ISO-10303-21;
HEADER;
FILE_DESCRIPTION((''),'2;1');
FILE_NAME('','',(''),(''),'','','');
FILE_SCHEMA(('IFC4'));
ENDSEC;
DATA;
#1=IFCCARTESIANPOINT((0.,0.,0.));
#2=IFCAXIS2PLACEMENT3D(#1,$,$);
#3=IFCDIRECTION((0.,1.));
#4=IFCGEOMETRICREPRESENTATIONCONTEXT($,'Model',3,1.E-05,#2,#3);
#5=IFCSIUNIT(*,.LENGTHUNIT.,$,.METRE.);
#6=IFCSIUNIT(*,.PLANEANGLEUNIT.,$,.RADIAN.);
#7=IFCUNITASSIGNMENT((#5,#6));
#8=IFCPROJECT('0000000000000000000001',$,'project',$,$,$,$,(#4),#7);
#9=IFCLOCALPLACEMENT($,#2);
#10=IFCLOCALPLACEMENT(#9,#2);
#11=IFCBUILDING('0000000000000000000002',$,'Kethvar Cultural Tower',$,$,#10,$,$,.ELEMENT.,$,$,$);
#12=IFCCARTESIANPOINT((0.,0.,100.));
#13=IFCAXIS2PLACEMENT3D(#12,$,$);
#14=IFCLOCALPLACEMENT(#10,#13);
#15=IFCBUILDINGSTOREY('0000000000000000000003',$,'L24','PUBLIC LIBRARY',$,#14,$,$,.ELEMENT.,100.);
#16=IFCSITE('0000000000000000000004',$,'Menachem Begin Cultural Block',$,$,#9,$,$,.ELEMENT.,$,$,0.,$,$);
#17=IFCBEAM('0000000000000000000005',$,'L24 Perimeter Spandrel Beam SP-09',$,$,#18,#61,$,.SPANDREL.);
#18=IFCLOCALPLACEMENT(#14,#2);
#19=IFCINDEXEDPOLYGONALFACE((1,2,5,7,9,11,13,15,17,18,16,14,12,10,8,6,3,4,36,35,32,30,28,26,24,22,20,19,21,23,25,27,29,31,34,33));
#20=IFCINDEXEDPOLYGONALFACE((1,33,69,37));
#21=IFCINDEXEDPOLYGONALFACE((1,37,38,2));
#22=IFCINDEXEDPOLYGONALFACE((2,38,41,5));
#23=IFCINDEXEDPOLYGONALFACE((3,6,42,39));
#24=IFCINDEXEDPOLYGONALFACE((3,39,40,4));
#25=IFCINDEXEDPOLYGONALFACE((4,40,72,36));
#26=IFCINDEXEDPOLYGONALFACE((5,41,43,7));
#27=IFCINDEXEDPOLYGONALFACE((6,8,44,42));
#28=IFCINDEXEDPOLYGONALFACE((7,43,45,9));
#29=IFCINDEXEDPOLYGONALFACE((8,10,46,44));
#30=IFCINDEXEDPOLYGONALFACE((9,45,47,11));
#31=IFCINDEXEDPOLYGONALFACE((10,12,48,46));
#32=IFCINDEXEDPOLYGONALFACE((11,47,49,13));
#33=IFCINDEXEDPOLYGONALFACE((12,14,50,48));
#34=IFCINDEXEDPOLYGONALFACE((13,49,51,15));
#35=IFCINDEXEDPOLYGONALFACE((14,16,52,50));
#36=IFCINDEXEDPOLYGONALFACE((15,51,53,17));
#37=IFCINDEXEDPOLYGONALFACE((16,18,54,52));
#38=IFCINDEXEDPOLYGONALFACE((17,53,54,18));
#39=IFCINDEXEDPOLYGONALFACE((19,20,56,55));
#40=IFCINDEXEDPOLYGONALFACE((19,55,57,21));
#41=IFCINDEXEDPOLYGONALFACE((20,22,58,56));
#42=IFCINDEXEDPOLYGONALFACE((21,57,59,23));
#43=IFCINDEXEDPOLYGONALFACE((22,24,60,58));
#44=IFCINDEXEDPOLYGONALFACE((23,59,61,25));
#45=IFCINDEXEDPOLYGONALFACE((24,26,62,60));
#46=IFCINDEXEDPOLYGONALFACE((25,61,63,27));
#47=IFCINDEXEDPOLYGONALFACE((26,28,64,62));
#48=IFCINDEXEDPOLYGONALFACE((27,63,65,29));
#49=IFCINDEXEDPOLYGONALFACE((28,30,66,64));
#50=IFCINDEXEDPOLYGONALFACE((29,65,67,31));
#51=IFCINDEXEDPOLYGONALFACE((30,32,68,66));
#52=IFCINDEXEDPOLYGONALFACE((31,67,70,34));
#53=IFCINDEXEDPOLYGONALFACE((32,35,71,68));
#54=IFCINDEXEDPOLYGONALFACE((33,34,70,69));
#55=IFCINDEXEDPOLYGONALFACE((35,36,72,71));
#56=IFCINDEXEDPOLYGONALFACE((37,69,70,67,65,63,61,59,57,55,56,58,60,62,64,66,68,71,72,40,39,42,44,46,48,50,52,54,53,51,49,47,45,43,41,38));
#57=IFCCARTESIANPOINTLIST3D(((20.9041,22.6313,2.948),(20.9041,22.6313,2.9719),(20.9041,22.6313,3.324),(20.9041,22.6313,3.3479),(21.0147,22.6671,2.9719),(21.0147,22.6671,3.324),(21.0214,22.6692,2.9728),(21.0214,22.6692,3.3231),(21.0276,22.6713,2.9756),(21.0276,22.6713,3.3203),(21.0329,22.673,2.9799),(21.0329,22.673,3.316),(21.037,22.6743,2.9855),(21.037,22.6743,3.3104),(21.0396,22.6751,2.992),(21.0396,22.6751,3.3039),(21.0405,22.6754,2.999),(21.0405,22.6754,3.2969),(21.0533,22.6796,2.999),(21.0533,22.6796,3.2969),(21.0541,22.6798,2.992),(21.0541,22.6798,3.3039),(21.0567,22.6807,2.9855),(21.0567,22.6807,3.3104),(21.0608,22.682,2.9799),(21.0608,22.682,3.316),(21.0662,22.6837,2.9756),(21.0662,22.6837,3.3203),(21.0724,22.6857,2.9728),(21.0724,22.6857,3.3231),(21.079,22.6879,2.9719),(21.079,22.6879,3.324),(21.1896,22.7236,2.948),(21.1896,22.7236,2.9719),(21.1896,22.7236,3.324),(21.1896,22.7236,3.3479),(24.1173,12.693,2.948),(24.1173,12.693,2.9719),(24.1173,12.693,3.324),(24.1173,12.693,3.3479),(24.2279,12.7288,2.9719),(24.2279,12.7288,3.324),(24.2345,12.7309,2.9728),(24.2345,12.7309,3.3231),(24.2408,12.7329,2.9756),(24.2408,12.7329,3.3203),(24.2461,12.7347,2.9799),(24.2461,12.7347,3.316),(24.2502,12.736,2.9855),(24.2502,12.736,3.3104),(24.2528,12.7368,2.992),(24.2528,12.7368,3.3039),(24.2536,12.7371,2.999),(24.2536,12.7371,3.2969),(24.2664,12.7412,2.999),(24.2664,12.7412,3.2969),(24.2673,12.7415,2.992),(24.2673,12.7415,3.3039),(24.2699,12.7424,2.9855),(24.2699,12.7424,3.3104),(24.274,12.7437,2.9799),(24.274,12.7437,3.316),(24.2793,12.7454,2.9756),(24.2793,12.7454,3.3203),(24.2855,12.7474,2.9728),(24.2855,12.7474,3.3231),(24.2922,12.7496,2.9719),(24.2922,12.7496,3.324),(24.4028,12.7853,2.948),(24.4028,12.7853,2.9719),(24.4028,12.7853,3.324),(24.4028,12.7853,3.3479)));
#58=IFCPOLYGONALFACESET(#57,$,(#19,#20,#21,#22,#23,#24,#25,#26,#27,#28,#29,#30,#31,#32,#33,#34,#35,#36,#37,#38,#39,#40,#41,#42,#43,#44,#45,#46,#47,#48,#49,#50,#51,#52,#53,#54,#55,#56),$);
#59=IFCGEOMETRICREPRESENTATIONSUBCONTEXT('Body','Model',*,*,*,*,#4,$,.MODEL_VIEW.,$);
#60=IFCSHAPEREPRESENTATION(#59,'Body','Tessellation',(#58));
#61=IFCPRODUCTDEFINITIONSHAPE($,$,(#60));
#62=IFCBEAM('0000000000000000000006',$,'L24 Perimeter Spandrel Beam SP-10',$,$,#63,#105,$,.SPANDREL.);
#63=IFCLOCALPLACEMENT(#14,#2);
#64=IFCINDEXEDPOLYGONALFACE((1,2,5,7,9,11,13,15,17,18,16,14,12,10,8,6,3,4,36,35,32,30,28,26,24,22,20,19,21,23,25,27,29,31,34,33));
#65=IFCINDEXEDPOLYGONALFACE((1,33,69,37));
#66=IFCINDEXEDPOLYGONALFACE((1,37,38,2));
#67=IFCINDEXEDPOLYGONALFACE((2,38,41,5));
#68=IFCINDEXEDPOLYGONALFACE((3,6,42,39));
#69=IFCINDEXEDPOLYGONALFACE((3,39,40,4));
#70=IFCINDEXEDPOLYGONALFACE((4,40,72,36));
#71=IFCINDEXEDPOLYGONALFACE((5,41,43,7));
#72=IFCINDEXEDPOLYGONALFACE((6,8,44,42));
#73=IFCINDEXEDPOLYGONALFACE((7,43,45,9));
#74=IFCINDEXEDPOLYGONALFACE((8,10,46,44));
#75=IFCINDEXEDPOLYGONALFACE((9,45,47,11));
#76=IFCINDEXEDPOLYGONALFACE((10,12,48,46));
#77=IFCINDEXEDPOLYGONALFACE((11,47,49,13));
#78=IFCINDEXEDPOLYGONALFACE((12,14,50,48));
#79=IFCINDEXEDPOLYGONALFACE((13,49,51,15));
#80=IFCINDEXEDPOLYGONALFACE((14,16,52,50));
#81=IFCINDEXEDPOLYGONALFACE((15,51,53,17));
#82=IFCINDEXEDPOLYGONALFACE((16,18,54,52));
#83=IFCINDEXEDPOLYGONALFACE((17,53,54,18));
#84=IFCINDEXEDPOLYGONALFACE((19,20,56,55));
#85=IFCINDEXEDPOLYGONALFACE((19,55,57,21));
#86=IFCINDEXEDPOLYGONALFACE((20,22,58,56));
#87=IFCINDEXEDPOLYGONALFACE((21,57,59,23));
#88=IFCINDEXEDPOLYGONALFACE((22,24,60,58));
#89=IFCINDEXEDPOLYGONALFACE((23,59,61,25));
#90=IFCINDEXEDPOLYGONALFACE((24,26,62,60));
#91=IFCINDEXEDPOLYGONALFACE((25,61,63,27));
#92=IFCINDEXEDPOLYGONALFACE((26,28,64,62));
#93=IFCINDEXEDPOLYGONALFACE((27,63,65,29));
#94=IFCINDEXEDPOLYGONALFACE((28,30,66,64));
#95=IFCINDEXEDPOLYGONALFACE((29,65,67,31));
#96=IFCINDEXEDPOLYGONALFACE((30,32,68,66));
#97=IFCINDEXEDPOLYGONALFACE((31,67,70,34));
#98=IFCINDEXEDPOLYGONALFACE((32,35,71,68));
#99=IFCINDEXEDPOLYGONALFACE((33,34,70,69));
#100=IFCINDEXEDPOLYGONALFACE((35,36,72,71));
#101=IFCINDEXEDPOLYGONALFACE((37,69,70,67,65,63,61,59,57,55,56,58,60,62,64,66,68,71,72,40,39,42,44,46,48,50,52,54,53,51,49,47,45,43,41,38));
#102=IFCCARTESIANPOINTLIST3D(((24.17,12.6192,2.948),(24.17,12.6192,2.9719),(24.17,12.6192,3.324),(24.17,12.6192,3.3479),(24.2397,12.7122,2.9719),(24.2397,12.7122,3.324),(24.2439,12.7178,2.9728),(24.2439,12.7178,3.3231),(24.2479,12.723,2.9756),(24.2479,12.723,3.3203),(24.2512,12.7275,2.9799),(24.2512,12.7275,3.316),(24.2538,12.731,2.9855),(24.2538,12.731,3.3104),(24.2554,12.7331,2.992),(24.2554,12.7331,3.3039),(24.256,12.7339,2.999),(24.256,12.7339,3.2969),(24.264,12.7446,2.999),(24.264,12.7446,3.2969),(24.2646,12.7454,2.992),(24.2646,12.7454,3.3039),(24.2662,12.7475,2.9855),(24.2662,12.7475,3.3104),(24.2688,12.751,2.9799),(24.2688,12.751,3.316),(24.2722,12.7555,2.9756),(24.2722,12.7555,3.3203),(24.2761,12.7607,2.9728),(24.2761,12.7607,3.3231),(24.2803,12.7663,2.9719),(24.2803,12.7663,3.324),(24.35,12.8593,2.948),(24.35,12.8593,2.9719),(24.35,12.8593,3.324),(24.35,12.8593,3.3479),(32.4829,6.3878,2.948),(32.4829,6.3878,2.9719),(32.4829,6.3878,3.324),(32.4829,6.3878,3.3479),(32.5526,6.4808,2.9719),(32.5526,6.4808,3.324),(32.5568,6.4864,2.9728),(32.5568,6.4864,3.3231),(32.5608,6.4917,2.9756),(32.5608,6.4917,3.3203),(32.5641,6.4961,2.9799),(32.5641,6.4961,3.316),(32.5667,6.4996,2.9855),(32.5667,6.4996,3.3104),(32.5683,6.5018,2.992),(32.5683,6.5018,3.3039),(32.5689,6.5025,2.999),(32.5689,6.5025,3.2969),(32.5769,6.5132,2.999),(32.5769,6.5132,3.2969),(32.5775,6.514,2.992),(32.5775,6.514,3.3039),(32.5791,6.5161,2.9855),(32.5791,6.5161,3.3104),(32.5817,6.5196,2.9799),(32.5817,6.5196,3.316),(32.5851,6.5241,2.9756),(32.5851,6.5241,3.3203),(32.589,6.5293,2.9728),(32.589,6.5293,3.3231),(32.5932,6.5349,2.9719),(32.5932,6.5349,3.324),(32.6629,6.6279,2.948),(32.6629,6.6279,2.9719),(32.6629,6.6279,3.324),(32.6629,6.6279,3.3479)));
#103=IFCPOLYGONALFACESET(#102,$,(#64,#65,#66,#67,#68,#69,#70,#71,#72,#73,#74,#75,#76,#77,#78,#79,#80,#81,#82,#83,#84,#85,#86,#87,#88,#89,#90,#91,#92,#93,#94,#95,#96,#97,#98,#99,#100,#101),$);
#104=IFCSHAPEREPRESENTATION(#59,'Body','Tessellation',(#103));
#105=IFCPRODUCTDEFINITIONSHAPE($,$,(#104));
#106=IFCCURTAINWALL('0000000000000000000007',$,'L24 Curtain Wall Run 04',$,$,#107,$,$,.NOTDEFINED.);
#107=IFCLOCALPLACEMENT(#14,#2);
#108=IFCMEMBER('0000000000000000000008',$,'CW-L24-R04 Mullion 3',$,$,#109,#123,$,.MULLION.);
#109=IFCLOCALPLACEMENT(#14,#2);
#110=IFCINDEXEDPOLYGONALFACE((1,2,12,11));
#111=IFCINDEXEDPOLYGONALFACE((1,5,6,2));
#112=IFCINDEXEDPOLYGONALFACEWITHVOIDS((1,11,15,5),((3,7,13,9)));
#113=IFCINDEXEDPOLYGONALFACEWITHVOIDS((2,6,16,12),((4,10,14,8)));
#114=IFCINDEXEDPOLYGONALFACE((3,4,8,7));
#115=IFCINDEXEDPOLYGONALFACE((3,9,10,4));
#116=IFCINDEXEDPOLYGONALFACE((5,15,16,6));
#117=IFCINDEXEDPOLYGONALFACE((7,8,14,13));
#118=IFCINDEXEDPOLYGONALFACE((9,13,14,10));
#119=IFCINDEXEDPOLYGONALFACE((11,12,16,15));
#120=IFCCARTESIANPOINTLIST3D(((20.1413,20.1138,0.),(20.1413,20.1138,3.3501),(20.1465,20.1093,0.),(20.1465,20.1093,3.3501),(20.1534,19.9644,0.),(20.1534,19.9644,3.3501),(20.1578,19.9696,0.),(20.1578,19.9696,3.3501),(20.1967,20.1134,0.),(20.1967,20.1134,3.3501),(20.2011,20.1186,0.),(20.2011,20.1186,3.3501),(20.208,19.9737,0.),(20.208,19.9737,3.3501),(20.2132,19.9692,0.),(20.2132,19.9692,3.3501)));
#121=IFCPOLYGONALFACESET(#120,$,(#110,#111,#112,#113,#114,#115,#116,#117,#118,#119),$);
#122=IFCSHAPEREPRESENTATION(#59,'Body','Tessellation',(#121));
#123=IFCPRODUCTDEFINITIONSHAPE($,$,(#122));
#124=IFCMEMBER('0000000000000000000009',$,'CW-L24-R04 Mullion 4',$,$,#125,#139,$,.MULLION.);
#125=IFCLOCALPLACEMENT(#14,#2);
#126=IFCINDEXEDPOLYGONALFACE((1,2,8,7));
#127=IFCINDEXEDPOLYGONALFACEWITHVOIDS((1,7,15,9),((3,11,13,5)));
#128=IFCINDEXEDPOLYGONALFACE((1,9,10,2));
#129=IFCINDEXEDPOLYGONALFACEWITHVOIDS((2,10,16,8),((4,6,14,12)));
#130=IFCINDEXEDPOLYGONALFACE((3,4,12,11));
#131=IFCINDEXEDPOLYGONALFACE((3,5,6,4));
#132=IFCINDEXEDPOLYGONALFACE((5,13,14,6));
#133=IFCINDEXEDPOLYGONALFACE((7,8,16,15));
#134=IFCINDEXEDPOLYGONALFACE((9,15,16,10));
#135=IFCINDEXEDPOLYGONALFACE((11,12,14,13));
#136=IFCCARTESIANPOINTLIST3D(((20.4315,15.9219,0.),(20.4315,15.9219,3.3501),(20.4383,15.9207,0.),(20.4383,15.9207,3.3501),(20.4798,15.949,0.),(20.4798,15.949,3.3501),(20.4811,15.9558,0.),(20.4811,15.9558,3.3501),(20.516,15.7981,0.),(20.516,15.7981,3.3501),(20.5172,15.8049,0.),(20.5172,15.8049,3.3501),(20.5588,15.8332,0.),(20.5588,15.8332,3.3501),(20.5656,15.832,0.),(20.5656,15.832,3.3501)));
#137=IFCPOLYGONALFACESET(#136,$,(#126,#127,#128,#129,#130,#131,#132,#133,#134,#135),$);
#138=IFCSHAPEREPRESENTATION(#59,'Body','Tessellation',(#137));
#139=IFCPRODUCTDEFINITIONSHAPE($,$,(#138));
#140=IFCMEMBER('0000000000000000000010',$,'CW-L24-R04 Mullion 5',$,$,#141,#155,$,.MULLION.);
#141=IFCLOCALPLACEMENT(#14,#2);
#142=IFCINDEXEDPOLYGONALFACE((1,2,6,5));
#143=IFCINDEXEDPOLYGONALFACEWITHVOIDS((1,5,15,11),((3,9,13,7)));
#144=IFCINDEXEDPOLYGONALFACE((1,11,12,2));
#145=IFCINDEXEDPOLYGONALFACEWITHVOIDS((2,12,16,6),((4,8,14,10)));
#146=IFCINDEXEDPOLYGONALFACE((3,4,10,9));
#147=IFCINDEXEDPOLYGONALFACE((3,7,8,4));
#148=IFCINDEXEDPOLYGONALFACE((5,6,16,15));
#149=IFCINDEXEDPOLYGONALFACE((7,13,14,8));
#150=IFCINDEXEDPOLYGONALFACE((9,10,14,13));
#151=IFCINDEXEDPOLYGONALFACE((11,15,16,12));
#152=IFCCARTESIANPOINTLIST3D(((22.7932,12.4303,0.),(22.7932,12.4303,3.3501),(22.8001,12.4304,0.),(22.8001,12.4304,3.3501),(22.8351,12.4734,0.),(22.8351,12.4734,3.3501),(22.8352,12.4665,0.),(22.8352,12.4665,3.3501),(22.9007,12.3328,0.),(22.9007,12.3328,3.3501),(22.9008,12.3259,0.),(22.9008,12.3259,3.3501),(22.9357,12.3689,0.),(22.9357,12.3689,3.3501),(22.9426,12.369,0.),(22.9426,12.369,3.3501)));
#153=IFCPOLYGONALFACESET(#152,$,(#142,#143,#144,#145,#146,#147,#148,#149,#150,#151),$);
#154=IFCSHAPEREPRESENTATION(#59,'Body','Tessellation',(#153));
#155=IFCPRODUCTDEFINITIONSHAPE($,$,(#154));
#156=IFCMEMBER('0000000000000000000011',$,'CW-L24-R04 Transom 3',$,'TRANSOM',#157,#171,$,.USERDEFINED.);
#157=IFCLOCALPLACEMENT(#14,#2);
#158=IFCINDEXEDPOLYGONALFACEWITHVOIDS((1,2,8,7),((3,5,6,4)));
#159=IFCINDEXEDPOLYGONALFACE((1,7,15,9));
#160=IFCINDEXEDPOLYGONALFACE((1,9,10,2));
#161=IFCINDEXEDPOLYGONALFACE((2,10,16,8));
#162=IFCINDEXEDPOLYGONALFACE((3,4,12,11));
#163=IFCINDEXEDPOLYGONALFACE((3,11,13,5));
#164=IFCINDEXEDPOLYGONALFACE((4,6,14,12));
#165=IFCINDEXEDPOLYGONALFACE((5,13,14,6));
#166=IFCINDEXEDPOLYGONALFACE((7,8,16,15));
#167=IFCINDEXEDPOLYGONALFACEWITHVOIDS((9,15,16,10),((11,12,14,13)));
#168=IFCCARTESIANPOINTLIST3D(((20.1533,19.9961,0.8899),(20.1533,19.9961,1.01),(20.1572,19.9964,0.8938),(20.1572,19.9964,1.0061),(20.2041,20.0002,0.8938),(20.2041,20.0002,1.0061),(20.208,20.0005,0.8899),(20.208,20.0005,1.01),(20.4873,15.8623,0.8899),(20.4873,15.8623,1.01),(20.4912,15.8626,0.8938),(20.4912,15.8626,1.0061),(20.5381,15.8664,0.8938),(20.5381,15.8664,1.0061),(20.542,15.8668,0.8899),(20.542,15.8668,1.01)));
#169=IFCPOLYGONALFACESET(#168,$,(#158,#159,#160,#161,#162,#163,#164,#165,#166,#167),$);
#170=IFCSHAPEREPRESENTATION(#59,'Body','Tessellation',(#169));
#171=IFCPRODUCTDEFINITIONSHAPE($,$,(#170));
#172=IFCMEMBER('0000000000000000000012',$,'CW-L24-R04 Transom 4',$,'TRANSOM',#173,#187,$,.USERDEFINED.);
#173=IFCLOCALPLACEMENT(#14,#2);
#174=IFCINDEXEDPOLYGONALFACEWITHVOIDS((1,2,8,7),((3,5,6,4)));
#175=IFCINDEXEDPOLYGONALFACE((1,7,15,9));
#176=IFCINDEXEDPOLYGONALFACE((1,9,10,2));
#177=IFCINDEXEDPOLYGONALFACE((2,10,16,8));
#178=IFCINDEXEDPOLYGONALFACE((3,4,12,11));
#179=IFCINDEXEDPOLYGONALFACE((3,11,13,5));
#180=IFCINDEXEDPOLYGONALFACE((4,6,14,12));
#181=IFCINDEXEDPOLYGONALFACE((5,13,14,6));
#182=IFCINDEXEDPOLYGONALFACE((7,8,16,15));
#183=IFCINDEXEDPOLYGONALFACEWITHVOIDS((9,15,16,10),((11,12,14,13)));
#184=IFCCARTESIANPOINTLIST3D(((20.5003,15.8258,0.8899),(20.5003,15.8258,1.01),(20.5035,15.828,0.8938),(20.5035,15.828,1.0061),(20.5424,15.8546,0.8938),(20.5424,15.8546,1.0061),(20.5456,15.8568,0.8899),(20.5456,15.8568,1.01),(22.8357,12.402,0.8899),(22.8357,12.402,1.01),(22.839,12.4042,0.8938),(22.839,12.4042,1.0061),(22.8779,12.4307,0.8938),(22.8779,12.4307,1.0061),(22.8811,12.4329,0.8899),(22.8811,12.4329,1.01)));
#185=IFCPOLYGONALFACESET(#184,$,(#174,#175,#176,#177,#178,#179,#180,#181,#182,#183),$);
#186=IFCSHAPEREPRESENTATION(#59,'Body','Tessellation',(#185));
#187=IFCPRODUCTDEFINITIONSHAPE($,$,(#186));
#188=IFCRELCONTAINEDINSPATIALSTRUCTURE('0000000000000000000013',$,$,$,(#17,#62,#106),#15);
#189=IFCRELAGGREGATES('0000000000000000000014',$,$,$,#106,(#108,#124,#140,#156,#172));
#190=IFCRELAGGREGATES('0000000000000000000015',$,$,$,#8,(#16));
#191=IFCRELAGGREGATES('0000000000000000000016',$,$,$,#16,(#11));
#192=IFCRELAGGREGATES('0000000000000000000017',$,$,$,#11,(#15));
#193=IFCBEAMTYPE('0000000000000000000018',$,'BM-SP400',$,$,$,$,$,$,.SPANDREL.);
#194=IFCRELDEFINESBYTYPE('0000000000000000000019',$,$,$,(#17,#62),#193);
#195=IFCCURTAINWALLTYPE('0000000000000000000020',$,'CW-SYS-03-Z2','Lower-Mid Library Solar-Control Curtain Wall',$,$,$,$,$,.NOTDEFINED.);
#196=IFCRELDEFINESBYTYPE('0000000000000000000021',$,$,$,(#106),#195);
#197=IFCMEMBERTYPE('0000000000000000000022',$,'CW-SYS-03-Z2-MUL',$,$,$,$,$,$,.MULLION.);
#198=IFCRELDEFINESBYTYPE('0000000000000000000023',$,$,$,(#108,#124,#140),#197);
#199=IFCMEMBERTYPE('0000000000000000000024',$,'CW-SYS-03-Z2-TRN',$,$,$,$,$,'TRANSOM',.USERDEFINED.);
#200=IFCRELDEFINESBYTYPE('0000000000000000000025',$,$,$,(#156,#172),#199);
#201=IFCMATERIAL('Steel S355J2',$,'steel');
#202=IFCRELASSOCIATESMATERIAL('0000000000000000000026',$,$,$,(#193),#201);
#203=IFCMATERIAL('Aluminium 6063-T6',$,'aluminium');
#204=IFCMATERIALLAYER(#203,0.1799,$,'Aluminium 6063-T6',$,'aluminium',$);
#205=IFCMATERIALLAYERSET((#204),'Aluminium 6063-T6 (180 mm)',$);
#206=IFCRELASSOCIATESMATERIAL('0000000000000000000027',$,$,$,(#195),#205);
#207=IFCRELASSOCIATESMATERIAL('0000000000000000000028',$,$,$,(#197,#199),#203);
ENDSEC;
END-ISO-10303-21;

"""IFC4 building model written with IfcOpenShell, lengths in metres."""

from ifc_helpers import new_model, si_unit, direction, frame, origin, origin_2d, place, context, subcontext, project, spatial, hollow_rectangle, i_section, extrude, source, transform, mapped, material, layer, layer_set, material_profile, profile_set, type_object, element, aggregate, save


model = new_model("IFC4")

# Units and contexts
model_context = context("Model", 3, precision=1e-05, world=origin(), true_north=direction((0.0, 1.0)))
body_context = subcontext(model_context, "Body", "Model", "MODEL_VIEW")
ifc_project = project(units=[si_unit("LENGTHUNIT", "METRE"), si_unit("PLANEANGLEUNIT", "RADIAN")], contexts=[model_context])

# Site, building, storey
site_placement = place(None, origin())
site = spatial("IfcSite", under=ifc_project, at=site_placement, Name="Menachem Begin Cultural Block", CompositionType="ELEMENT", RefElevation=0.0)
building_placement = place(site_placement, origin())
building = spatial("IfcBuilding", under=site, at=building_placement, Name="Kethvar Cultural Tower", CompositionType="ELEMENT")
storey_placement = place(building_placement, frame((0.0, 0.0, 100.0)))
storey = spatial("IfcBuildingStorey", under=building, at=storey_placement, Name="L24", Description="PUBLIC LIBRARY", CompositionType="ELEMENT", Elevation=100.0)

# Beams
ifc_material_1 = material(Name="Steel S355J2", Category="steel")
ifc_material_profile_1 = material_profile(ifc_material_1, i_section(OverallWidth=0.3, OverallDepth=0.3999, WebThickness=0.0134, FlangeThickness=0.0239, FilletRadius=0.0271, at=origin_2d()), Name="Steel S355J2 — HEB400")
ifc_profile_set_1 = profile_set([ifc_material_profile_1], Name="Steel S355J2 — HEB400")
beam_type_1 = type_object("IfcBeamType", Name="BM-SP400", PredefinedType="SPANDREL", material=ifc_profile_set_1)
shared_shape_1 = source(origin(), body_context, "Body", "SweptSolid", [
    extrude(i_section(OverallWidth=0.3, OverallDepth=0.3999, WebThickness=0.0134, FlangeThickness=0.0239, FilletRadius=0.0271, at=origin_2d()), origin(), (0.0, 0.0, 1.0), 10.4448),
])
beam_1_placement = place(storey_placement, frame((21.0469, 22.6775, 3.1479), z_axis=(0.307632, -0.951506, 0.0), x_axis=(0.951506, 0.307632, 0.0)))
element("IfcBeam", 1, at=beam_1_placement, inside=storey, type_object=beam_type_1, Name="L24 Perimeter Spandrel Beam SP-09", PredefinedType="SPANDREL", context=body_context, shape_type="MappedRepresentation", body=[
    mapped(shared_shape_1, transform((0.0, 0.0, 0.0), scale=1.0)),
])
shared_shape_2 = source(origin(), body_context, "Body", "SweptSolid", [
    extrude(i_section(OverallWidth=0.3, OverallDepth=0.3999, WebThickness=0.0134, FlangeThickness=0.0239, FilletRadius=0.0271, at=origin_2d()), origin(), (0.0, 0.0, 1.0), 10.3892),
])
beam_2_placement = place(storey_placement, frame((24.26, 12.7393, 3.1479), z_axis=(0.800152, -0.599797, 0.0), x_axis=(0.599797, 0.800152, 0.0)))
element("IfcBeam", 2, at=beam_2_placement, inside=storey, type_object=beam_type_1, Name="L24 Perimeter Spandrel Beam SP-10", PredefinedType="SPANDREL", context=body_context, shape_type="MappedRepresentation", body=[
    mapped(shared_shape_2, transform((0.0, 0.0, 0.0), scale=1.0)),
])

# Curtain wall, members
ifc_material_2 = material(Name="Aluminium 6063-T6", Category="aluminium")
ifc_layer_1 = layer(ifc_material_2, 0.1799, Name="Aluminium 6063-T6", Category="aluminium")
ifc_layer_set_1 = layer_set([ifc_layer_1], Name="Aluminium 6063-T6 (180 mm)")
curtain_wall_type = type_object("IfcCurtainWallType", Name="CW-SYS-03-Z2", Description="Lower-Mid Library Solar-Control Curtain Wall", PredefinedType="NOTDEFINED", material=ifc_layer_set_1)
curtain_wall_placement = place(storey_placement, origin())
curtain_wall = element("IfcCurtainWall", 3, at=curtain_wall_placement, inside=storey, type_object=curtain_wall_type, Name="L24 Curtain Wall Run 04", PredefinedType="NOTDEFINED")
ifc_material_profile_2 = material_profile(ifc_material_2, hollow_rectangle(XDim=0.0601, YDim=0.1499, WallThickness=0.0049, at=origin_2d()), Name="Aluminium 6063-T6 — RHS150x60x5")
ifc_profile_set_2 = profile_set([ifc_material_profile_2], Name="Aluminium 6063-T6 — RHS150x60x5")
member_type_1 = type_object("IfcMemberType", Name="CW-SYS-03-Z2-MUL", PredefinedType="MULLION", material=ifc_profile_set_2)
shared_shape_3 = source(origin(), body_context, "Body", "SweptSolid", [
    extrude(hollow_rectangle(XDim=0.0601, YDim=0.1499, WallThickness=0.0049, at=origin_2d()), origin(), (0.0, 0.0, 1.0), 3.3501),
])
member_1_placement = place(storey_placement, frame((20.1772, 20.0415, 0.0), z_axis=(0.0, 0.0, 1.0), x_axis=(0.996751, 0.080547, 0.0)))
member_1 = element("IfcMember", 4, at=member_1_placement, type_object=member_type_1, Name="CW-L24-R04 Mullion 3", PredefinedType="MULLION", context=body_context, shape_type="MappedRepresentation", body=[
    mapped(shared_shape_3, transform((0.0, 0.0, 0.0), scale=1.0)),
])
member_2_placement = place(storey_placement, frame((20.4985, 15.877, 0.0), z_axis=(0.0, 0.0, 1.0), x_axis=(0.826088, 0.56354, 0.0)))
member_2 = element("IfcMember", 5, at=member_2_placement, type_object=member_type_1, Name="CW-L24-R04 Mullion 4", PredefinedType="MULLION", context=body_context, shape_type="MappedRepresentation", body=[
    mapped(shared_shape_3, transform((0.0, 0.0, 0.0), scale=1.0)),
])
member_3_placement = place(storey_placement, frame((22.8679, 12.3997, 0.0), z_axis=(0.0, 0.0, 1.0), x_axis=(0.696765, 0.7173, 0.0)))
member_3 = element("IfcMember", 6, at=member_3_placement, type_object=member_type_1, Name="CW-L24-R04 Mullion 5", PredefinedType="MULLION", context=body_context, shape_type="MappedRepresentation", body=[
    mapped(shared_shape_3, transform((0.0, 0.0, 0.0), scale=1.0)),
])
ifc_material_profile_3 = material_profile(ifc_material_2, hollow_rectangle(XDim=0.0549, YDim=0.1201, WallThickness=0.0039, at=origin_2d()), Name="Aluminium 6063-T6 — RHS120x55x4")
ifc_profile_set_3 = profile_set([ifc_material_profile_3], Name="Aluminium 6063-T6 — RHS120x55x4")
member_type_2 = type_object("IfcMemberType", Name="CW-SYS-03-Z2-TRN", ElementType="TRANSOM", PredefinedType="USERDEFINED", material=ifc_profile_set_3)
shared_shape_4 = source(origin(), body_context, "Body", "SweptSolid", [
    extrude(hollow_rectangle(XDim=0.0549, YDim=0.1201, WallThickness=0.0039, at=origin_2d()), origin(), (0.0, 0.0, 1.0), 4.1472),
])
member_4_placement = place(storey_placement, frame((20.1807, 19.9983, 0.95), z_axis=(0.080531, -0.996752, 0.0), x_axis=(0.996752, 0.080531, 0.0)))
member_4 = element("IfcMember", 7, at=member_4_placement, type_object=member_type_2, Name="CW-L24-R04 Transom 3", ObjectType="TRANSOM", PredefinedType="USERDEFINED", context=body_context, shape_type="MappedRepresentation", body=[
    mapped(shared_shape_4, transform((0.0, 0.0, 0.0), scale=1.0)),
])
shared_shape_5 = source(origin(), body_context, "Body", "SweptSolid", [
    extrude(hollow_rectangle(XDim=0.0549, YDim=0.1201, WallThickness=0.0039, at=origin_2d()), origin(), (0.0, 0.0, 1.0), 4.1445),
])
member_5_placement = place(storey_placement, frame((20.5229, 15.8413, 0.95), z_axis=(0.563505, -0.826113, 0.0), x_axis=(0.826113, 0.563505, 0.0)))
member_5 = element("IfcMember", 8, at=member_5_placement, type_object=member_type_2, Name="CW-L24-R04 Transom 4", ObjectType="TRANSOM", PredefinedType="USERDEFINED", context=body_context, shape_type="MappedRepresentation", body=[
    mapped(shared_shape_5, transform((0.0, 0.0, 0.0), scale=1.0)),
])
aggregate(curtain_wall, [member_1, member_2, member_3, member_4, member_5])

save(model, "model.ifc")
